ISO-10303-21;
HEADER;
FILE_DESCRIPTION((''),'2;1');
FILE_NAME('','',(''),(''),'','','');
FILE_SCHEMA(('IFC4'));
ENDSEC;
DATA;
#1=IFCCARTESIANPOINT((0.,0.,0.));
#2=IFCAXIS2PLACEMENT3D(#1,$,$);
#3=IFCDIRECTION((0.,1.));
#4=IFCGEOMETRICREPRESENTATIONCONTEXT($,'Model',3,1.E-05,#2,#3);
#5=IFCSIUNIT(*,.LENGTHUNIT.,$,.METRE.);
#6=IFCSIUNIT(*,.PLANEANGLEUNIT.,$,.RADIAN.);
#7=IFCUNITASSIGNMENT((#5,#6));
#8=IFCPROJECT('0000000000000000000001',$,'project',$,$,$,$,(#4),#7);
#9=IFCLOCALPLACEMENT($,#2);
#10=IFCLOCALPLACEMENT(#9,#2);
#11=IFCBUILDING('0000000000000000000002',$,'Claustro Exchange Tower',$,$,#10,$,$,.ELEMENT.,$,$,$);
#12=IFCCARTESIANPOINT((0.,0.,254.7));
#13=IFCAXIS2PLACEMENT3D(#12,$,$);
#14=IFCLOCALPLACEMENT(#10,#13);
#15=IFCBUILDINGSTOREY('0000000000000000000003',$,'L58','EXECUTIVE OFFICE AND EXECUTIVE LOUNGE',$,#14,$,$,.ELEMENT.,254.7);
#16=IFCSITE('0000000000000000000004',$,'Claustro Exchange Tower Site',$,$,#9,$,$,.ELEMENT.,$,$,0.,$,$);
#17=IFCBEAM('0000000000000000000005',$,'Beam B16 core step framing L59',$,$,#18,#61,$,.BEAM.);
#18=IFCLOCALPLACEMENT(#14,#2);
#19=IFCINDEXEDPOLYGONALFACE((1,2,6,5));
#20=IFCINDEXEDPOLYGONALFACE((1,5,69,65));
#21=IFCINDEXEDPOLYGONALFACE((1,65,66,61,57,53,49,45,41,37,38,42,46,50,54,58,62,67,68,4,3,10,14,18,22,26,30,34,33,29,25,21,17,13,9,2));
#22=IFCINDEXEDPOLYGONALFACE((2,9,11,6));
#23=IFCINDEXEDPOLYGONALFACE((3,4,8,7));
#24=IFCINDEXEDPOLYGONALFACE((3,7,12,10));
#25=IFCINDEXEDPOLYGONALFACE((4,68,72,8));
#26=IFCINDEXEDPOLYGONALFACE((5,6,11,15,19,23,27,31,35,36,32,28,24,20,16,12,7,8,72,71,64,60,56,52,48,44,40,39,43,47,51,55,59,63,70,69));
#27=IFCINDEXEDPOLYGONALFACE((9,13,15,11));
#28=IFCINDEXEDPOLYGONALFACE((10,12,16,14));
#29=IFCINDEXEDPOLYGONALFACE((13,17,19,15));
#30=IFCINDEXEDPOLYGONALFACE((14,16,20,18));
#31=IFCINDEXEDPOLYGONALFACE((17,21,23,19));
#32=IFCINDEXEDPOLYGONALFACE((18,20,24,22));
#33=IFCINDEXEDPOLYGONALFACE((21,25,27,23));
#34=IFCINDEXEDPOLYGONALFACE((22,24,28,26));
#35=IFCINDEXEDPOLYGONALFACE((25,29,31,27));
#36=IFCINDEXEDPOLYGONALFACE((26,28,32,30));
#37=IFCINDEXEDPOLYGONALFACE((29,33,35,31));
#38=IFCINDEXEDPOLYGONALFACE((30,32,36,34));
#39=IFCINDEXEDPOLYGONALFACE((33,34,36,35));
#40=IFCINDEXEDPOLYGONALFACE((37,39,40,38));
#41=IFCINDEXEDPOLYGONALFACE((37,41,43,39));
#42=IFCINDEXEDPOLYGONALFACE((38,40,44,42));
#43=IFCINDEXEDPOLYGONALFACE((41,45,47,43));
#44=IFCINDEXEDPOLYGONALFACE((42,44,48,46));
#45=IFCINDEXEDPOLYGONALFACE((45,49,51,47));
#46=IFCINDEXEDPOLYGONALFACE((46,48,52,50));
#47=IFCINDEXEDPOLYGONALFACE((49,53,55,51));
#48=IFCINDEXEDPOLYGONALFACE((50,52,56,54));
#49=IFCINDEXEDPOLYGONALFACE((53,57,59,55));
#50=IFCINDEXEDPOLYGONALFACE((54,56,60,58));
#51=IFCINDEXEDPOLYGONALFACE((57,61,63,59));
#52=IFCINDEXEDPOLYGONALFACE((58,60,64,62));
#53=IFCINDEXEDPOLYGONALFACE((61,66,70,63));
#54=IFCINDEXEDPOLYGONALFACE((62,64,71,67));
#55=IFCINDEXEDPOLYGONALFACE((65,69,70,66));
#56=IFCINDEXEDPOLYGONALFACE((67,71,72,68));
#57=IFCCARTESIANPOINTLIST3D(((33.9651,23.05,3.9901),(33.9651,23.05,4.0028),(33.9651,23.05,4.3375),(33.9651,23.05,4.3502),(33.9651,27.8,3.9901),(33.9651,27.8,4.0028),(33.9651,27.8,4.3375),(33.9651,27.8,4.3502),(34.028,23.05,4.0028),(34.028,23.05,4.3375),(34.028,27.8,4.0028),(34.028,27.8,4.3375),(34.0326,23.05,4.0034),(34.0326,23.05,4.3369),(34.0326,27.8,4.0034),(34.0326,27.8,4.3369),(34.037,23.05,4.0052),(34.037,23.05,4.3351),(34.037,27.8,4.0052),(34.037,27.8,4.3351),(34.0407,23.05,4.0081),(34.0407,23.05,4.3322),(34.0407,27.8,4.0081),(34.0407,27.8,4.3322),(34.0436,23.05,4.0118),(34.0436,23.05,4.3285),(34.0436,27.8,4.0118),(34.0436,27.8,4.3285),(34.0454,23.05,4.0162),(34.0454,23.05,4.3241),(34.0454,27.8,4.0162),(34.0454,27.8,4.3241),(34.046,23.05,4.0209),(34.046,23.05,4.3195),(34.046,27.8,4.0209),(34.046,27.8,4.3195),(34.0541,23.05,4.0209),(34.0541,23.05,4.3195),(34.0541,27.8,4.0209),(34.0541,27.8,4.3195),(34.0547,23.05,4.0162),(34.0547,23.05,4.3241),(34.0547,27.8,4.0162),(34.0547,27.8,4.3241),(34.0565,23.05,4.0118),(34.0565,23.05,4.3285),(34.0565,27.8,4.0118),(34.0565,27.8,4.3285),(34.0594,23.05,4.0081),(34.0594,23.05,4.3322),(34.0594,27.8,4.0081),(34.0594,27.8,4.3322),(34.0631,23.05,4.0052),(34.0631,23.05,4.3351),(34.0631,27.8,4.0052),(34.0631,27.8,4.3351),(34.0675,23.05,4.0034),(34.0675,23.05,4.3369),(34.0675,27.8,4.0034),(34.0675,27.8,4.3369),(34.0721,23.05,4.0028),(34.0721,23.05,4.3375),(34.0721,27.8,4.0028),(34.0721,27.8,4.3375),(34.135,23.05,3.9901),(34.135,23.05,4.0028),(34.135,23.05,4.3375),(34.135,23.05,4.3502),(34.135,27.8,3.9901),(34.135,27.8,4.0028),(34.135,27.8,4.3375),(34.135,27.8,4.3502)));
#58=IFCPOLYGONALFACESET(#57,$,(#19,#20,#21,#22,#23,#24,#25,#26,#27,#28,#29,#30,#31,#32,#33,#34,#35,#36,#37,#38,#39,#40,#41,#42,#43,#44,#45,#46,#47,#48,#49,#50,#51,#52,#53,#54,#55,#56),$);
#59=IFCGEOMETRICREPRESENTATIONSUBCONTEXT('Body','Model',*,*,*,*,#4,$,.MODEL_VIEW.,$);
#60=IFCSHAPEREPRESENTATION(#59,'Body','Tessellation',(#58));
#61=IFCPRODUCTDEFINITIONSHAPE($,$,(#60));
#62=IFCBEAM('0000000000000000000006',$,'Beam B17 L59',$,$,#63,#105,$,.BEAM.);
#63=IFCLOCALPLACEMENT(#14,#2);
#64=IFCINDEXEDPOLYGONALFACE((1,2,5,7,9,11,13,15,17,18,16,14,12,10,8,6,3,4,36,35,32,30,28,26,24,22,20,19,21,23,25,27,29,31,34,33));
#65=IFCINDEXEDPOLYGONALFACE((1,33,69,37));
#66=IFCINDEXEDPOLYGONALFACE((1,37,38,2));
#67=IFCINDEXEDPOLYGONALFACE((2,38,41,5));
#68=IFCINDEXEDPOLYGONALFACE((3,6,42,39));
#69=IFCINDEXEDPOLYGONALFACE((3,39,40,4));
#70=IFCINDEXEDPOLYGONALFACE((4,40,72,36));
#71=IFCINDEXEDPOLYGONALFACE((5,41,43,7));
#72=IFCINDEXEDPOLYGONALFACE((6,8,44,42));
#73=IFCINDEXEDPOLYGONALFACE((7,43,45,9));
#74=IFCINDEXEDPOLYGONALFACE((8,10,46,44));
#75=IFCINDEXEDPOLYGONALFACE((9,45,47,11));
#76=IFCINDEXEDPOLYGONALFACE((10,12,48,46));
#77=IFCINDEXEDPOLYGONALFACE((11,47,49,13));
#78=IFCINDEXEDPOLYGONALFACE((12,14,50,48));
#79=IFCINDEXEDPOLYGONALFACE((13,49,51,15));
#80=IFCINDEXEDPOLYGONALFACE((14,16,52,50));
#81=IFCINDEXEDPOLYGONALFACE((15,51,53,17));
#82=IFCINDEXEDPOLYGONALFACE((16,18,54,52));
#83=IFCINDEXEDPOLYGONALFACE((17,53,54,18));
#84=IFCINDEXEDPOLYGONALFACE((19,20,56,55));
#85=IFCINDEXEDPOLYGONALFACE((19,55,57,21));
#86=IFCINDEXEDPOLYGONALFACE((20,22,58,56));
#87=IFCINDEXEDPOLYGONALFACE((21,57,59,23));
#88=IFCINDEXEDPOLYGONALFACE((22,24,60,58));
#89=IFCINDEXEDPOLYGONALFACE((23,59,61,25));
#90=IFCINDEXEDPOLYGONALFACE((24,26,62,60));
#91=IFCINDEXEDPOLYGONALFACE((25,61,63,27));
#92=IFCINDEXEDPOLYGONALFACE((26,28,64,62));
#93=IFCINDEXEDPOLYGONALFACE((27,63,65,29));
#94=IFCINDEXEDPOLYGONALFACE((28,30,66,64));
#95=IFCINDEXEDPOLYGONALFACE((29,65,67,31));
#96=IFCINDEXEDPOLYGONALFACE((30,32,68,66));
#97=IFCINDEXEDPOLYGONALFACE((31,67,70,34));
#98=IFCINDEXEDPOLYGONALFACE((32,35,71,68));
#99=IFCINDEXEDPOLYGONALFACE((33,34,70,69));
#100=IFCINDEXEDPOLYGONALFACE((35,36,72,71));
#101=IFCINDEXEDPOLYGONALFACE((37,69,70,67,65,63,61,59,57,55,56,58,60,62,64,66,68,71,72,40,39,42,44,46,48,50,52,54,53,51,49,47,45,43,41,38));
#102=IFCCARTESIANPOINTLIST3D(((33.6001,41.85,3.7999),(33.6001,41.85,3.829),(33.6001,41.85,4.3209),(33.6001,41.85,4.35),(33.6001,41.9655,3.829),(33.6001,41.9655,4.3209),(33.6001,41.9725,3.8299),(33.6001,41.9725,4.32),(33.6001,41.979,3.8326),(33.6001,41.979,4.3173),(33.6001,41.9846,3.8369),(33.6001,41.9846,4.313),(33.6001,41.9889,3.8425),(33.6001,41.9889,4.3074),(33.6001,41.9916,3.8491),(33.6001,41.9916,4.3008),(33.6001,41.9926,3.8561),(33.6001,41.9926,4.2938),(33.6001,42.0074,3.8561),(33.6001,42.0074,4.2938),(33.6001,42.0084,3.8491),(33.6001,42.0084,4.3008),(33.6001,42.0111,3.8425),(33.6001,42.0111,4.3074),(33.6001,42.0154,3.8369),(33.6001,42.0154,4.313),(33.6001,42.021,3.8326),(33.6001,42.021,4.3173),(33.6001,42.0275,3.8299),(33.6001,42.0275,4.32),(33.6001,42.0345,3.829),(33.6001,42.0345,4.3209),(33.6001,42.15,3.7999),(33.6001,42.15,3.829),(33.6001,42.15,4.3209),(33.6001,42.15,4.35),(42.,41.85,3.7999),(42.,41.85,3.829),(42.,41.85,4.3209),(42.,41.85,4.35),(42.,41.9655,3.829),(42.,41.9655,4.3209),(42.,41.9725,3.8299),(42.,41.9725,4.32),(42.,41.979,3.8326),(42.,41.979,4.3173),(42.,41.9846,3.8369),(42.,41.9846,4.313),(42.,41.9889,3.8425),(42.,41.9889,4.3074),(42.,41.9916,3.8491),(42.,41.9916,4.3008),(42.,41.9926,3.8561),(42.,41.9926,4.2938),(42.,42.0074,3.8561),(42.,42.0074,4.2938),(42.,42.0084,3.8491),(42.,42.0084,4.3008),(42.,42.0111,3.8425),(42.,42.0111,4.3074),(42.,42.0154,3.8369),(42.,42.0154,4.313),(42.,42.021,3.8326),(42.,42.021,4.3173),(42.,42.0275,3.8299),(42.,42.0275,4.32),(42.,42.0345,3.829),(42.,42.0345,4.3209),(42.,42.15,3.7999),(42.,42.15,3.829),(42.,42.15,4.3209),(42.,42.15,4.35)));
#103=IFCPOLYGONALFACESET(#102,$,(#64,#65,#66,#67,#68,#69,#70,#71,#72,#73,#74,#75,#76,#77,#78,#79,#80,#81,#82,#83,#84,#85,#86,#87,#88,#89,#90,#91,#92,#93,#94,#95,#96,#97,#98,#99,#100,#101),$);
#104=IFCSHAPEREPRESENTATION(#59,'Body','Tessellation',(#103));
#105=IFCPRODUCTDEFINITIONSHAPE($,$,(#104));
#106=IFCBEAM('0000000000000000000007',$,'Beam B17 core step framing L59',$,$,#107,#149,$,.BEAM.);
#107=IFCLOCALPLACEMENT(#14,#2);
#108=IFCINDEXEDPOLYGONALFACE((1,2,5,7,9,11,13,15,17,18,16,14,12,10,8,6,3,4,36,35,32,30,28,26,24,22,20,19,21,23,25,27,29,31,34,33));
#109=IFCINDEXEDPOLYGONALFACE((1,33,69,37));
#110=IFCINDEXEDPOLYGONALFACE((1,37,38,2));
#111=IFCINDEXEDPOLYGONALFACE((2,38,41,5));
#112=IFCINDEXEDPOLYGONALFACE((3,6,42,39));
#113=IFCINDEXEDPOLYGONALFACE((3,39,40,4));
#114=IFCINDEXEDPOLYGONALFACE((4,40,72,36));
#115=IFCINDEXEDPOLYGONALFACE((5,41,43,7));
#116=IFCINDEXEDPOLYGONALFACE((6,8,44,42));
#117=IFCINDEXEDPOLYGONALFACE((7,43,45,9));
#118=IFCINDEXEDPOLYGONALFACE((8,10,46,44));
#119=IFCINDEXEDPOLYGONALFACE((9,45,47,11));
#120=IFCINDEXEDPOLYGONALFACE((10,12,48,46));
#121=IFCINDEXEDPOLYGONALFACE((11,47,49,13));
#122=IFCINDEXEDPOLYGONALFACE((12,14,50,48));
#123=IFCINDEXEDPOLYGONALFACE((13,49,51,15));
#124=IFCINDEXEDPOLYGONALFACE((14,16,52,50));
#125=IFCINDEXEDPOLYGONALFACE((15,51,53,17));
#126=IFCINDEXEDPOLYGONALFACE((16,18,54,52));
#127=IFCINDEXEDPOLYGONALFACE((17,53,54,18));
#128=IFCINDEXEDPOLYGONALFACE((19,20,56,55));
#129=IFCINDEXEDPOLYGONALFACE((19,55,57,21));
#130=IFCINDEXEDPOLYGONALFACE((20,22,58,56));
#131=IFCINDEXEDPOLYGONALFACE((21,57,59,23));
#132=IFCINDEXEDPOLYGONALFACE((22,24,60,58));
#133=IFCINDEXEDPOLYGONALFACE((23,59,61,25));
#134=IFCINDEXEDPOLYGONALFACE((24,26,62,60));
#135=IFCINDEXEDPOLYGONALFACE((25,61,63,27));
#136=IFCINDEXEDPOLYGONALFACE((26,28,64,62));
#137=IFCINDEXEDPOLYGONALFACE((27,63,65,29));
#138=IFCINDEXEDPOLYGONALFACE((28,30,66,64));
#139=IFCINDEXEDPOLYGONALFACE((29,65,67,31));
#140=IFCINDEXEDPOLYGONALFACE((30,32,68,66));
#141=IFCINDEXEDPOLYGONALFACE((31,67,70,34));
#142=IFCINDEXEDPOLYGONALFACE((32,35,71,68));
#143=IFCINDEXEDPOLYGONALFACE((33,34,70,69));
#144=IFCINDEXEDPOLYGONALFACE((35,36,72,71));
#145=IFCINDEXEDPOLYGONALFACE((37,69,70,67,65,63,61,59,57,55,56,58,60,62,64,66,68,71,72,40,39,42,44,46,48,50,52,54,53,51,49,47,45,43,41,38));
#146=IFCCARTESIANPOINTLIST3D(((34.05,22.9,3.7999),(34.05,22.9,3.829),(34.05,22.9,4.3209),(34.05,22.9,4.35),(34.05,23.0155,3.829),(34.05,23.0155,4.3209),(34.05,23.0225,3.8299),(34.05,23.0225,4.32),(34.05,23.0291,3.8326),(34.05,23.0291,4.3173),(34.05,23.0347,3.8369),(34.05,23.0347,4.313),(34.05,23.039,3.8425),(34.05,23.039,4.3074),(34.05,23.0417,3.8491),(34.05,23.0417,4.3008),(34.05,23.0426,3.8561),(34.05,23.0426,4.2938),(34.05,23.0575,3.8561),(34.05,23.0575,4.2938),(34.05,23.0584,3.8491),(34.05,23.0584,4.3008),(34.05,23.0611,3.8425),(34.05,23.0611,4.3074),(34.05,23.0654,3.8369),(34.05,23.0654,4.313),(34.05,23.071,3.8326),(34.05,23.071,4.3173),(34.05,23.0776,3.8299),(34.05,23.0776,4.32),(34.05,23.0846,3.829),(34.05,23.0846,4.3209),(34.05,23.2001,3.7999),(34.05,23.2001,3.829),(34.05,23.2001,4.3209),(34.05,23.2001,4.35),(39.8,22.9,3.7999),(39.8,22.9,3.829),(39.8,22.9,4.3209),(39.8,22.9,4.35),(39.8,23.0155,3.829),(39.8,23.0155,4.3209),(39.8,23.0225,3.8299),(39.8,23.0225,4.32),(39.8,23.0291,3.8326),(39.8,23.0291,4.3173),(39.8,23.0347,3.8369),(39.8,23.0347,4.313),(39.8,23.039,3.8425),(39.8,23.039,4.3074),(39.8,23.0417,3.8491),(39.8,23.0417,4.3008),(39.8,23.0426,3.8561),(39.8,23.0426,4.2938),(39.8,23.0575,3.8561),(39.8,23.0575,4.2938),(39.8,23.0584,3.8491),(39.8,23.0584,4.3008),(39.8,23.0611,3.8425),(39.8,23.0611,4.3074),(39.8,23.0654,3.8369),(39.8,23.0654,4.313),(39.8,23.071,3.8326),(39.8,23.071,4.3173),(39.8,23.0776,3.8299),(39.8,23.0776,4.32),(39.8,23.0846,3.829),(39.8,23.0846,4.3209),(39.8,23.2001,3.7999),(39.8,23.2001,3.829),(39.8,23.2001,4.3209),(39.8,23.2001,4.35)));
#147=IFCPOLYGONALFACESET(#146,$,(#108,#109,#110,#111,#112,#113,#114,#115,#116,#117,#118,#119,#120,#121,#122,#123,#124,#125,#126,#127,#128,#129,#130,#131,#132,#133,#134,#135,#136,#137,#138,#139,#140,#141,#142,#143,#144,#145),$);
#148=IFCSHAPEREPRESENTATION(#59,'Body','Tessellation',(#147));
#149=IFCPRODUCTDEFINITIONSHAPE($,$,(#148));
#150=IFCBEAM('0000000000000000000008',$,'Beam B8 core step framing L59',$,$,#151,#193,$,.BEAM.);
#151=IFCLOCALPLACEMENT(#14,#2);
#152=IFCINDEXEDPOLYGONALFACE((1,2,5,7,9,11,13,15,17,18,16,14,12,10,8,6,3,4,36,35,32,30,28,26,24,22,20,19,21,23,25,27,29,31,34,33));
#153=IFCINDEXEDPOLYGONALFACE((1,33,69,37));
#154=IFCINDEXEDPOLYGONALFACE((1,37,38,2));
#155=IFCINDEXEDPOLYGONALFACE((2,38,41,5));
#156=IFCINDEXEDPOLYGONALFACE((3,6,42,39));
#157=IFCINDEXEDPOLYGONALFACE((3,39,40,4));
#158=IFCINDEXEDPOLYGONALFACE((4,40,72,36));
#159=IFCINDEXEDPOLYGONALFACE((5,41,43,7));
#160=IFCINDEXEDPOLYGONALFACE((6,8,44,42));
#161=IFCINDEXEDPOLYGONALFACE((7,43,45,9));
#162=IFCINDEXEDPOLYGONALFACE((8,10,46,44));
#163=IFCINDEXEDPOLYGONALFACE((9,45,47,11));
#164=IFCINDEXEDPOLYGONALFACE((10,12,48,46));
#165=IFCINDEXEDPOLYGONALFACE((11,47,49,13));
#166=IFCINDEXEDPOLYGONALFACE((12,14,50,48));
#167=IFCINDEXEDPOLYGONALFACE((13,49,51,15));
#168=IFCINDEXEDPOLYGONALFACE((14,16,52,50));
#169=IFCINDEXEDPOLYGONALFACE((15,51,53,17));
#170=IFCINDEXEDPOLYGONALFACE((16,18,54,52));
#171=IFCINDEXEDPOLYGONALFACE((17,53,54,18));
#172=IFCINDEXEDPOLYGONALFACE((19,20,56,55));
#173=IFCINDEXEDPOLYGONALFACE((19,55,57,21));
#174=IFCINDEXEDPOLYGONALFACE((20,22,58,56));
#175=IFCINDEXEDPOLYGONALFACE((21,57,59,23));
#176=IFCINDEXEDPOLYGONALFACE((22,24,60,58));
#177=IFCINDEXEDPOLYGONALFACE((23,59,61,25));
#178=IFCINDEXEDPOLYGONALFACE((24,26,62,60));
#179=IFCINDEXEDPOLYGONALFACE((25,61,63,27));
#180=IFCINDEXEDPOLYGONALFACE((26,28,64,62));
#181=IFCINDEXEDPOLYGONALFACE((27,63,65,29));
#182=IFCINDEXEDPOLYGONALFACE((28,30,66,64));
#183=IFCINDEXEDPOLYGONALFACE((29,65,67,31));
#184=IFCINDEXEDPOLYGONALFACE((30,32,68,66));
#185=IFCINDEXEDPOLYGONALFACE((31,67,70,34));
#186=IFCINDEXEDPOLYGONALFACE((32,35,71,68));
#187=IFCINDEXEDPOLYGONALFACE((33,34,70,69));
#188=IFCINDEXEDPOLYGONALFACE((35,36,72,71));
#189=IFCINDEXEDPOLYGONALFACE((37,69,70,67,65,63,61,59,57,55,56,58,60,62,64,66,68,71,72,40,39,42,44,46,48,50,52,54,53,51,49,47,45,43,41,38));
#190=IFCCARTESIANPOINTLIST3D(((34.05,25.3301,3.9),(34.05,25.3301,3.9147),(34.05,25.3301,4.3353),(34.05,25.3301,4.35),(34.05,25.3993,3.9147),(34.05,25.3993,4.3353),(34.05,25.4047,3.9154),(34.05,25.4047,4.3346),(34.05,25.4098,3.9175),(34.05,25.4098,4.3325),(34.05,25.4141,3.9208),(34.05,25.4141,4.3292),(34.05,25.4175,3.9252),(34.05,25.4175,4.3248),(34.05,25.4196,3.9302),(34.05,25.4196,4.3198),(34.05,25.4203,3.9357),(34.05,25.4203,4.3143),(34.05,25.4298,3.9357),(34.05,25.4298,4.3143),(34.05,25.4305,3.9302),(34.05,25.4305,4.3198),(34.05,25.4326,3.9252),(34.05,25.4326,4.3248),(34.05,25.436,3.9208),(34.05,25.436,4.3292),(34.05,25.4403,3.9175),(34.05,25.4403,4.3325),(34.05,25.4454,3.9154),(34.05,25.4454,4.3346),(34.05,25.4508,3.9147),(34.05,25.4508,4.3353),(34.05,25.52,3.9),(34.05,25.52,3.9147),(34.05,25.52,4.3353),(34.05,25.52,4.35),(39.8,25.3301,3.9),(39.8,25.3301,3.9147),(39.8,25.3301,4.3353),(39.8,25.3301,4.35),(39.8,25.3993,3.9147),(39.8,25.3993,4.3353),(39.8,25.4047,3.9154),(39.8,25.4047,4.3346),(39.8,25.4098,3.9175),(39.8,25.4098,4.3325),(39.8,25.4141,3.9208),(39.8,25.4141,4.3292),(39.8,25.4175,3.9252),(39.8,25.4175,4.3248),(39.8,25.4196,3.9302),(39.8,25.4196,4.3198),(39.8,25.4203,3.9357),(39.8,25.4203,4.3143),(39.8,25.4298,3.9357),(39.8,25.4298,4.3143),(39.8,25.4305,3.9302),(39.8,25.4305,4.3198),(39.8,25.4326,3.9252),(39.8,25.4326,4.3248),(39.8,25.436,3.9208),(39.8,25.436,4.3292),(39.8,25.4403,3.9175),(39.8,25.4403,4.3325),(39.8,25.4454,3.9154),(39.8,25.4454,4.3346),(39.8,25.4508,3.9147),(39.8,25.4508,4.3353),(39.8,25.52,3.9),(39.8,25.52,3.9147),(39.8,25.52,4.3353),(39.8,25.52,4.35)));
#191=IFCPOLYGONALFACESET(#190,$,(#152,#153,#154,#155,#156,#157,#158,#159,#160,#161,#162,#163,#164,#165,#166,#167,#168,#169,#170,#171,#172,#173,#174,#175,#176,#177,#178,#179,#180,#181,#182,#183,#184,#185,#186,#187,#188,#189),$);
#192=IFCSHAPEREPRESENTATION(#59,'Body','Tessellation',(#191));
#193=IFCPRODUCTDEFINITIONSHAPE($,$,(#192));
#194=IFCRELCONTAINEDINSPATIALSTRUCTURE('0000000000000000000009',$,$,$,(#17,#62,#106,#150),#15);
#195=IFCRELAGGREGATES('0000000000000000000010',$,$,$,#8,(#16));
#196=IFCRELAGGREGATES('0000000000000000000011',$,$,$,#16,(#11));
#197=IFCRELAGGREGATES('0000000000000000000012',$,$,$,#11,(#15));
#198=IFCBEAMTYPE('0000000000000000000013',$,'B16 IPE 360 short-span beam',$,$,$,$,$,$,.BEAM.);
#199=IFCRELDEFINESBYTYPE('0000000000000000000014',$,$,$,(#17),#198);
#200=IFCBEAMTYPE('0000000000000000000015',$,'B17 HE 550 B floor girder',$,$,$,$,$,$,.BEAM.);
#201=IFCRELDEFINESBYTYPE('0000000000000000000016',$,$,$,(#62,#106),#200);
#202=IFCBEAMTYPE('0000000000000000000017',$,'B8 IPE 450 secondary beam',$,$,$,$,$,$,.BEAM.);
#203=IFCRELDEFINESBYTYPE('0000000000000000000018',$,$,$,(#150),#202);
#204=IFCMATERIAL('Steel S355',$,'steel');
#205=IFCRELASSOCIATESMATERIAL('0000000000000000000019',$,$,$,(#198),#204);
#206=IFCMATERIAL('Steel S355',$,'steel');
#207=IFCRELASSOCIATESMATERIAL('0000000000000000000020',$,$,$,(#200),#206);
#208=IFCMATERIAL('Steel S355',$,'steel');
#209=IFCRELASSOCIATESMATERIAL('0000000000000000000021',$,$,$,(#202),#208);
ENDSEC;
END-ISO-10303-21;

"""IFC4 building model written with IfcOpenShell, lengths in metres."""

from ifc_helpers import new_model, si_unit, direction, frame, origin, origin_2d, place, context, subcontext, project, spatial, i_section, extrude, material, material_profile, profile_set, type_object, element, save


model = new_model("IFC4")

# Units and contexts
model_context = context("Model", 3, precision=1e-05, world=origin(), true_north=direction((0.0, 1.0)))
body_context = subcontext(model_context, "Body", "Model", "MODEL_VIEW")
ifc_project = project(units=[si_unit("LENGTHUNIT", "METRE"), si_unit("PLANEANGLEUNIT", "RADIAN")], contexts=[model_context])

# Site, building, storey
site_placement = place(None, origin())
site = spatial("IfcSite", under=ifc_project, at=site_placement, Name="Claustro Exchange Tower Site", CompositionType="ELEMENT", RefElevation=0.0)
building_placement = place(site_placement, origin())
building = spatial("IfcBuilding", under=site, at=building_placement, Name="Claustro Exchange Tower", CompositionType="ELEMENT")
storey_placement = place(building_placement, frame((0.0, 0.0, 254.7)))
storey = spatial("IfcBuildingStorey", under=building, at=storey_placement, Name="L58", Description="EXECUTIVE OFFICE AND EXECUTIVE LOUNGE", CompositionType="ELEMENT", Elevation=254.7)

# Beams
ifc_material_1 = material(Name="Steel S355", Category="steel")
ifc_material_profile_1 = material_profile(ifc_material_1, i_section(OverallWidth=0.1699, OverallDepth=0.3601, WebThickness=0.0081, FlangeThickness=0.0127, FilletRadius=0.0181, at=origin_2d()), Name="IPE 360")
ifc_profile_set_1 = profile_set([ifc_material_profile_1], Name="Steel S355")
beam_type_1 = type_object("IfcBeamType", Name="B16 IPE 360 short-span beam", PredefinedType="BEAM", material=ifc_profile_set_1)
beam_1_placement = place(storey_placement, frame((34.05, 23.05, 4.1702), z_axis=(0.0, 1.0, 0.0), x_axis=(-1.0, 0.0, 0.0)))
element("IfcBeam", 1, at=beam_1_placement, inside=storey, type_object=beam_type_1, Name="Beam B16 core step framing L59", PredefinedType="BEAM", context=body_context, shape_type="SweptSolid", body=[
    extrude(i_section(OverallWidth=0.1699, OverallDepth=0.3601, WebThickness=0.0081, FlangeThickness=0.0127, FilletRadius=0.0181, at=origin_2d()), origin(), (0.0, 0.0, 1.0), 4.75),
])
ifc_material_2 = material(Name="Steel S355", Category="steel")
ifc_material_profile_2 = material_profile(ifc_material_2, i_section(OverallWidth=0.3, OverallDepth=0.55, WebThickness=0.0149, FlangeThickness=0.0291, FilletRadius=0.0271, at=origin_2d()), Name="HE 550 B")
ifc_profile_set_2 = profile_set([ifc_material_profile_2], Name="Steel S355")
beam_type_2 = type_object("IfcBeamType", Name="B17 HE 550 B floor girder", PredefinedType="BEAM", material=ifc_profile_set_2)
beam_2_placement = place(storey_placement, frame((33.6001, 42.0, 4.075), z_axis=(1.0, 0.0, 0.0), x_axis=(0.0, 1.0, 0.0)))
element("IfcBeam", 2, at=beam_2_placement, inside=storey, type_object=beam_type_2, Name="Beam B17 L59", PredefinedType="BEAM", context=body_context, shape_type="SweptSolid", body=[
    extrude(i_section(OverallWidth=0.3, OverallDepth=0.55, WebThickness=0.0149, FlangeThickness=0.0291, FilletRadius=0.0271, at=origin_2d()), origin(), (0.0, 0.0, 1.0), 8.3999),
])
beam_3_placement = place(storey_placement, frame((34.05, 23.05, 4.075), z_axis=(1.0, 0.0, 0.0), x_axis=(0.0, 1.0, 0.0)))
element("IfcBeam", 3, at=beam_3_placement, inside=storey, type_object=beam_type_2, Name="Beam B17 core step framing L59", PredefinedType="BEAM", context=body_context, shape_type="SweptSolid", body=[
    extrude(i_section(OverallWidth=0.3, OverallDepth=0.55, WebThickness=0.0149, FlangeThickness=0.0291, FilletRadius=0.0271, at=origin_2d()), origin(), (0.0, 0.0, 1.0), 5.75),
])
ifc_material_3 = material(Name="Steel S355", Category="steel")
ifc_material_profile_3 = material_profile(ifc_material_3, i_section(OverallWidth=0.1899, OverallDepth=0.45, WebThickness=0.0095, FlangeThickness=0.0146, FilletRadius=0.021, at=origin_2d()), Name="IPE 450")
ifc_profile_set_3 = profile_set([ifc_material_profile_3], Name="Steel S355")
beam_type_3 = type_object("IfcBeamType", Name="B8 IPE 450 secondary beam", PredefinedType="BEAM", material=ifc_profile_set_3)
beam_4_placement = place(storey_placement, frame((34.05, 25.425, 4.125), z_axis=(1.0, 0.0, 0.0), x_axis=(0.0, 1.0, 0.0)))
element("IfcBeam", 4, at=beam_4_placement, inside=storey, type_object=beam_type_3, Name="Beam B8 core step framing L59", PredefinedType="BEAM", context=body_context, shape_type="SweptSolid", body=[
    extrude(i_section(OverallWidth=0.1899, OverallDepth=0.45, WebThickness=0.0095, FlangeThickness=0.0146, FilletRadius=0.021, at=origin_2d()), origin(), (0.0, 0.0, 1.0), 5.75),
])

save(model, "model.ifc")
